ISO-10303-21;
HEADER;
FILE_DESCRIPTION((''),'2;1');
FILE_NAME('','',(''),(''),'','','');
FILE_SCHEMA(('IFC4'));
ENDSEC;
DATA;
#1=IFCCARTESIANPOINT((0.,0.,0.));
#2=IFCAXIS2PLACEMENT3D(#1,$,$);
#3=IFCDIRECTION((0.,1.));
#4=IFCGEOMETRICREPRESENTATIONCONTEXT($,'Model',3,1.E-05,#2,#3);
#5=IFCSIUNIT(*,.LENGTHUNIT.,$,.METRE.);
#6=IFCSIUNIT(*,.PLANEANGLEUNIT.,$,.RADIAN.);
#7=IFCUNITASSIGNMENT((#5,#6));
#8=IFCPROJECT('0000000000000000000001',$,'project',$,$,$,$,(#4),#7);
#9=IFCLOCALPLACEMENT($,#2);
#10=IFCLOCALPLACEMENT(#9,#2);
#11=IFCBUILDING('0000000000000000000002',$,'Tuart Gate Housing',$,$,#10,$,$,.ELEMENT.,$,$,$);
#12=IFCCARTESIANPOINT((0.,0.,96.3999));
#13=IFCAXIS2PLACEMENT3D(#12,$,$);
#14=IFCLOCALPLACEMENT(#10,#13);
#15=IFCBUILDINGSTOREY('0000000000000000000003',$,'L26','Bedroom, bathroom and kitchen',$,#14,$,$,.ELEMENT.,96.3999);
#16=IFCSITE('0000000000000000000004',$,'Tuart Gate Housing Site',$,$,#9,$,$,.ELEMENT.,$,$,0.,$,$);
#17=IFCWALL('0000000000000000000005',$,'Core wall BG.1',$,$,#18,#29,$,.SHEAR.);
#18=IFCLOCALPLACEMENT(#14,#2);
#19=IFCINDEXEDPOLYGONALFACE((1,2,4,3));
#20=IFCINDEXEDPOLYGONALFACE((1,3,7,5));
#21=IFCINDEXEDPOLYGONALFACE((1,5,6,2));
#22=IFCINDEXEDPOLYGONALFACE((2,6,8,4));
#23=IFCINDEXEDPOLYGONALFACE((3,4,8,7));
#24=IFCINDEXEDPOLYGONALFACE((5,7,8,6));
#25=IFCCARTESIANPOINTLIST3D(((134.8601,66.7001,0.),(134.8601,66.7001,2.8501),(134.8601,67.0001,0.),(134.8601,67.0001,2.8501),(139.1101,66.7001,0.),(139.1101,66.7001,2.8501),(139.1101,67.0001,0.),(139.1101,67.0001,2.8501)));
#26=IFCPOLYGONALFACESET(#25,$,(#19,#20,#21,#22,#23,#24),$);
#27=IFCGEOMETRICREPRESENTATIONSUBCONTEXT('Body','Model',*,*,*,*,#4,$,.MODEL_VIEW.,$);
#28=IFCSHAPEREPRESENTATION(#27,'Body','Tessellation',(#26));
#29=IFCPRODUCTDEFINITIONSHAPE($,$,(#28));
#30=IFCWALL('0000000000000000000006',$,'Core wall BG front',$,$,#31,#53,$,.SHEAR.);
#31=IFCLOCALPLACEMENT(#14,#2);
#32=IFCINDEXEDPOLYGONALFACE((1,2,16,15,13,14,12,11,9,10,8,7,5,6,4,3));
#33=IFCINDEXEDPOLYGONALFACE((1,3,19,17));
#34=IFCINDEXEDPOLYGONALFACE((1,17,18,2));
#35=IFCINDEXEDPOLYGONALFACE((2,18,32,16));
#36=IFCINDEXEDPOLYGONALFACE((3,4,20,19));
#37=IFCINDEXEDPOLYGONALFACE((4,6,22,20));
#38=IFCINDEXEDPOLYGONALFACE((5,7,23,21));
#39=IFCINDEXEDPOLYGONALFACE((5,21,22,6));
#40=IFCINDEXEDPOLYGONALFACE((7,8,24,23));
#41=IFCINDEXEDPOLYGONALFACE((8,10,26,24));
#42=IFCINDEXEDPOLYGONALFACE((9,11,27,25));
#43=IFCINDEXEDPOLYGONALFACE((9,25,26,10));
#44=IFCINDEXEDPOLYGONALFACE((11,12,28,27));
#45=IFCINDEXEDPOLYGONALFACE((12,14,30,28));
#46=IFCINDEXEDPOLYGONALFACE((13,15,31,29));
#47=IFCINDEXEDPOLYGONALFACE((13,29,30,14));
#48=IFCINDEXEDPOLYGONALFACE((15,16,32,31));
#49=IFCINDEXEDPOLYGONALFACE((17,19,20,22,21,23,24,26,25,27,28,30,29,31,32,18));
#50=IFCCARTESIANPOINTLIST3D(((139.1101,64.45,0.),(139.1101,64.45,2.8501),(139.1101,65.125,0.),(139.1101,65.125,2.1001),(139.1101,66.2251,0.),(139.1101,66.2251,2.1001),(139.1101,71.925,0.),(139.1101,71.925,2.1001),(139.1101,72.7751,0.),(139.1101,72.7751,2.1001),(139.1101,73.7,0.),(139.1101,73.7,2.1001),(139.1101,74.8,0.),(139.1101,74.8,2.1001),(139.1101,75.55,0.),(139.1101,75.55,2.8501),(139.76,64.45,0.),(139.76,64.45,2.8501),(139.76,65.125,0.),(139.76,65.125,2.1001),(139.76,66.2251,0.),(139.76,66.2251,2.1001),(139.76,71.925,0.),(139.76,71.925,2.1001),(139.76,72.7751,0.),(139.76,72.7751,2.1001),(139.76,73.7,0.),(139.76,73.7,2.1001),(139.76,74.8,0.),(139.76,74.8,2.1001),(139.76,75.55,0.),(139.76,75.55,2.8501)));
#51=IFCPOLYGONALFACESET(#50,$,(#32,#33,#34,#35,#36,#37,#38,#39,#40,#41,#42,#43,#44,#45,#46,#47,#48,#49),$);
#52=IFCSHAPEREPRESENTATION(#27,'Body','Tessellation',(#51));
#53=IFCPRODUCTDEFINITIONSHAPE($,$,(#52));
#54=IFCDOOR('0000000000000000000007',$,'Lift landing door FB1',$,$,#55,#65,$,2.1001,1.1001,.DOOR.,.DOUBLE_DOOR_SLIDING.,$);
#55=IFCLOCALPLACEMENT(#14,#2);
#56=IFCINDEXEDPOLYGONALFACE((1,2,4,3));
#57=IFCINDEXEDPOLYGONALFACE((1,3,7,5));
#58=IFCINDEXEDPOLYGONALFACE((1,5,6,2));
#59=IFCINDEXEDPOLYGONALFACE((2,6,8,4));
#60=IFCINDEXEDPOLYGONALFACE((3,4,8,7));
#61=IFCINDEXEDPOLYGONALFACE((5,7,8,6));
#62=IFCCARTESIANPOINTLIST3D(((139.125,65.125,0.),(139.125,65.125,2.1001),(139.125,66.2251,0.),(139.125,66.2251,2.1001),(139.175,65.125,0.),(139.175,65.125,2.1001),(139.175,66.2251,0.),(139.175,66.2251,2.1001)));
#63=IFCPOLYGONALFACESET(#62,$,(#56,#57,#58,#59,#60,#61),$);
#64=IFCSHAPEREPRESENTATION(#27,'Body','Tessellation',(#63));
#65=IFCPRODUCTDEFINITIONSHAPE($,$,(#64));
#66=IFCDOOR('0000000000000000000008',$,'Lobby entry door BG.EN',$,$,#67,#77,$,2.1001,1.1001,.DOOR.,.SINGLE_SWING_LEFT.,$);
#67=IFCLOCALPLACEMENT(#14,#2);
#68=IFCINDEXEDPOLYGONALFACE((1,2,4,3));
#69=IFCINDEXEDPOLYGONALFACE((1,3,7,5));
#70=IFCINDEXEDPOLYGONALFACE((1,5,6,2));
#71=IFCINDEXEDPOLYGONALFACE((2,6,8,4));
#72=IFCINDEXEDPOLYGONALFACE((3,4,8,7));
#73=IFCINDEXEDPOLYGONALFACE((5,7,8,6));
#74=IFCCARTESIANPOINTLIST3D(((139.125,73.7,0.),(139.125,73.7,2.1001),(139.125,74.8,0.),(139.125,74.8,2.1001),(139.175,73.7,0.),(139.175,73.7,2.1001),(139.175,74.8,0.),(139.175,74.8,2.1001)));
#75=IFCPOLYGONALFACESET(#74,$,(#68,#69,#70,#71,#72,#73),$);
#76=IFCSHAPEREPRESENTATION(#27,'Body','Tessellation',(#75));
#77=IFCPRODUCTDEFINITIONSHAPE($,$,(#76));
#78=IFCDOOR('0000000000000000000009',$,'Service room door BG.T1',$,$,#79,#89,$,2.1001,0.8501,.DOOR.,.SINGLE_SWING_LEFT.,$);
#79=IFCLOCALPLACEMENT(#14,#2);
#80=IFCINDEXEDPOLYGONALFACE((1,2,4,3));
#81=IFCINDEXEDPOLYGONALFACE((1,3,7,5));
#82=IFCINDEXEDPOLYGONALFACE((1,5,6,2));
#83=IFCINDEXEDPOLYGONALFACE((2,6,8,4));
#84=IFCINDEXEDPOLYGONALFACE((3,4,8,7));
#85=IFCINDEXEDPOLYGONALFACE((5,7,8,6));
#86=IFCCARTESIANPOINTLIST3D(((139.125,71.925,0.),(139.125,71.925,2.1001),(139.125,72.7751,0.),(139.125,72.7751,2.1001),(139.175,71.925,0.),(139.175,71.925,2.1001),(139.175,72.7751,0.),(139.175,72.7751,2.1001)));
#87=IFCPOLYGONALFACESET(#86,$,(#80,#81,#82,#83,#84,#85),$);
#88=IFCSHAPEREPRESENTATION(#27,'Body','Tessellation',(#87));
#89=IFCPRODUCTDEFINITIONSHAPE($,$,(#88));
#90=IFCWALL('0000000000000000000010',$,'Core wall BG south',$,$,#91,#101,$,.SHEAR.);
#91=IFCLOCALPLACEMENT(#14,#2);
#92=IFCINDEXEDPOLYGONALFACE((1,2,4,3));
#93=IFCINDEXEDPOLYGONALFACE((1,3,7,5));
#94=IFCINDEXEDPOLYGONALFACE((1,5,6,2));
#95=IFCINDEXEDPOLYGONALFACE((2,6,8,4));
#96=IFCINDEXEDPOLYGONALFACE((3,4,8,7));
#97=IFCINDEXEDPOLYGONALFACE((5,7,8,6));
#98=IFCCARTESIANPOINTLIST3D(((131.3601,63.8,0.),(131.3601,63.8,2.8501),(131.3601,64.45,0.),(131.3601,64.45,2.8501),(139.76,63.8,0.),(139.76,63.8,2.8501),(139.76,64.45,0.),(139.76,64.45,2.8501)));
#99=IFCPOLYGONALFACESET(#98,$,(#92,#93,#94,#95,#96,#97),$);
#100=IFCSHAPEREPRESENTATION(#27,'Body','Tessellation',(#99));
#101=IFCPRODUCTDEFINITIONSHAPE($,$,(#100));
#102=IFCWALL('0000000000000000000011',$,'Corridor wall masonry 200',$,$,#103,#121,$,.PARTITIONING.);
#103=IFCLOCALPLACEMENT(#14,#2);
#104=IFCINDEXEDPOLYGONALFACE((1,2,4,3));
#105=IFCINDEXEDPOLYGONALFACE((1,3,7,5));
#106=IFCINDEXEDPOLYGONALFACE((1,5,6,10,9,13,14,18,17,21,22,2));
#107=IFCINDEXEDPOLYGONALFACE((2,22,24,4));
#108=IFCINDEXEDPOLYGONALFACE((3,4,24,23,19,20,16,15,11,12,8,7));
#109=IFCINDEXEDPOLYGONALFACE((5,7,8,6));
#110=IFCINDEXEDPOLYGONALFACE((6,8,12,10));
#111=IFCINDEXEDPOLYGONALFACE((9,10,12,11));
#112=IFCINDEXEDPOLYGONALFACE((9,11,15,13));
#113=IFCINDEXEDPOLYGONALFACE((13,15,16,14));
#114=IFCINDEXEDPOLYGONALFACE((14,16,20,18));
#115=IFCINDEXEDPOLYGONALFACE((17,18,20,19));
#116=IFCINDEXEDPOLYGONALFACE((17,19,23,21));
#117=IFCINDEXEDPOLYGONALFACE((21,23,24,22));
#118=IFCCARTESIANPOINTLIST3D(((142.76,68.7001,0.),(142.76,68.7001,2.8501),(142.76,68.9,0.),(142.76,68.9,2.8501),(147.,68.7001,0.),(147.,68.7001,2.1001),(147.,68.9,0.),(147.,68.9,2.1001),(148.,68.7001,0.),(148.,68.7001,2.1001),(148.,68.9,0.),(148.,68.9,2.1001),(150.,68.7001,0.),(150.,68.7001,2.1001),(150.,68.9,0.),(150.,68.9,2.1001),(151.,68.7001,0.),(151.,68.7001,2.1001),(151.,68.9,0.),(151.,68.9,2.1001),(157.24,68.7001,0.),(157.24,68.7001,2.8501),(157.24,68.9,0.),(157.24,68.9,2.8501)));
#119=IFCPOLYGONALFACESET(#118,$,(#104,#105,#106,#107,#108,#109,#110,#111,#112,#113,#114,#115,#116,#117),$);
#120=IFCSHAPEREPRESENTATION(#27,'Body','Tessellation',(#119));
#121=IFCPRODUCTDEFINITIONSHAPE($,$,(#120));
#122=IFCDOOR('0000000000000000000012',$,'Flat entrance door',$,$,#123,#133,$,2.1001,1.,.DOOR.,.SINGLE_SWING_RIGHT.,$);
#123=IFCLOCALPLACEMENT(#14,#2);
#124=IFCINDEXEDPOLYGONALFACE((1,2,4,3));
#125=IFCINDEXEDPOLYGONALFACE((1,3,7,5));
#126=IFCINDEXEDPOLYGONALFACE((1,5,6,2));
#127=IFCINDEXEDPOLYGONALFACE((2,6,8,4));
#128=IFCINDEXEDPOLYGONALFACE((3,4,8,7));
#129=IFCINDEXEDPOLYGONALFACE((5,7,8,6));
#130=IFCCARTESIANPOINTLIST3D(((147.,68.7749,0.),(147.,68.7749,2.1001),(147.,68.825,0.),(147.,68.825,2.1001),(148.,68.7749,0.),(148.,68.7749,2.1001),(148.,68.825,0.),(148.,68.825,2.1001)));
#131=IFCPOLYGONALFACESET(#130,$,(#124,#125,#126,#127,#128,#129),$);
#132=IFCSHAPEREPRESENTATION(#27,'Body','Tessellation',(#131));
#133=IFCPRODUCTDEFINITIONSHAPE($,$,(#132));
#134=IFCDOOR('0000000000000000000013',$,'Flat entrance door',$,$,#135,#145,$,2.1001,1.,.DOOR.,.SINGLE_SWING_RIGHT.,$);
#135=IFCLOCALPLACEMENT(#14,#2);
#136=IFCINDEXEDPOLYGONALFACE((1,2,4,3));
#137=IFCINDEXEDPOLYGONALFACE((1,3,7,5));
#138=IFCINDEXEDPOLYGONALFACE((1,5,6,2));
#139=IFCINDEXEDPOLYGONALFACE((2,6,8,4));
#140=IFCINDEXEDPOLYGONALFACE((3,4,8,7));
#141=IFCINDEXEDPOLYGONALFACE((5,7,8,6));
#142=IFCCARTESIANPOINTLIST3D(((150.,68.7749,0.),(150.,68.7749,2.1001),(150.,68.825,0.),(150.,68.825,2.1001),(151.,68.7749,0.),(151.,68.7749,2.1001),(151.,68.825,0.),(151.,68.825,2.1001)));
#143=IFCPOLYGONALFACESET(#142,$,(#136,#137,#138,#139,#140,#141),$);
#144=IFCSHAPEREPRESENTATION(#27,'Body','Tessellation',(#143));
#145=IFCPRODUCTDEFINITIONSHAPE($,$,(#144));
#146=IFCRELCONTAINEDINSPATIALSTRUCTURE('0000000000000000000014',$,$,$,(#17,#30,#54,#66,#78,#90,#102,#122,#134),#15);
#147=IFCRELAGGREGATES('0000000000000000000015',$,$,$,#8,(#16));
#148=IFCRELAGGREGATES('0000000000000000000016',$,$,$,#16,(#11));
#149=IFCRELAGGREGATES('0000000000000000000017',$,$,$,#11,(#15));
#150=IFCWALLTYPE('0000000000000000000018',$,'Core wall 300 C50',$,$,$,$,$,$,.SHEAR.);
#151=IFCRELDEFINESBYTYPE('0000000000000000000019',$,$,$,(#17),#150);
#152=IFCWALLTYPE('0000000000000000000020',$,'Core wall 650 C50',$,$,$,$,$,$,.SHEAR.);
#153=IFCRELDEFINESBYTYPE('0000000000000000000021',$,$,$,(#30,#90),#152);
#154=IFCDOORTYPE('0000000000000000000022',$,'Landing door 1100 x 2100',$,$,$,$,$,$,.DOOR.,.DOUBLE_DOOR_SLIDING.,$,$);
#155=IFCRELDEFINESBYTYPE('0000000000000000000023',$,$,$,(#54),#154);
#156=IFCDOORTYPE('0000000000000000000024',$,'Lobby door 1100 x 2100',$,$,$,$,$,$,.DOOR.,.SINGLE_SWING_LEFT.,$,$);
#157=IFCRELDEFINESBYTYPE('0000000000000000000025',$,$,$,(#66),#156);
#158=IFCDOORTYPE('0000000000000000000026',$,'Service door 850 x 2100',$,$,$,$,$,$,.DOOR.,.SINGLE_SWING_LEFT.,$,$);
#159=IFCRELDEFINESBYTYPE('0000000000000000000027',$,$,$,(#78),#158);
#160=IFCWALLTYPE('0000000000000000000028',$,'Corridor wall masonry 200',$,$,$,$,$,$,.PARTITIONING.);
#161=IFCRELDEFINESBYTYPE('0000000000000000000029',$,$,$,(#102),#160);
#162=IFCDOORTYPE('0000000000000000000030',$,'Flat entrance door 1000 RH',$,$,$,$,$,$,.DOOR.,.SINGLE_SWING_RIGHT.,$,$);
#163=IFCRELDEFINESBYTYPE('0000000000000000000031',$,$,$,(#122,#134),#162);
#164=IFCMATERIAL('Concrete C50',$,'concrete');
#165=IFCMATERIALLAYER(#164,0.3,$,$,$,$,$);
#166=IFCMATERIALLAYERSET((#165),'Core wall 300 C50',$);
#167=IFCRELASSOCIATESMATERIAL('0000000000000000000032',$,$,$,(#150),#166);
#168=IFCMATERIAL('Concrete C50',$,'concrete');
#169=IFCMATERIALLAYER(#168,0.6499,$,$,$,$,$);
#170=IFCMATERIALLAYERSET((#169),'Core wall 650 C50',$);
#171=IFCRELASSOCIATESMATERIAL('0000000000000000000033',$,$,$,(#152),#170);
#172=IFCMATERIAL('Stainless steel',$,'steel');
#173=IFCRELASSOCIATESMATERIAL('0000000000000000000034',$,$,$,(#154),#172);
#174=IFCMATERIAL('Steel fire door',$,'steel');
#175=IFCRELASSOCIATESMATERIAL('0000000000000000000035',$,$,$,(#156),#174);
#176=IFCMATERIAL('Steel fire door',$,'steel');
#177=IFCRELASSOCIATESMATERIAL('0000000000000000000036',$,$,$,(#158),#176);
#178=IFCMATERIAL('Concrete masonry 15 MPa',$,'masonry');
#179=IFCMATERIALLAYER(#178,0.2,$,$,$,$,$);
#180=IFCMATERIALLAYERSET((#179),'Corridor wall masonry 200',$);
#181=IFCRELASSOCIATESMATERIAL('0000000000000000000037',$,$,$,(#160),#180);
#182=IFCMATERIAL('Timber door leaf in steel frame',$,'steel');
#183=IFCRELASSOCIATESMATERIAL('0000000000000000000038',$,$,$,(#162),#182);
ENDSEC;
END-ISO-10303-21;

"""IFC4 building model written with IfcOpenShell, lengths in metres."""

from ifc_helpers import new_model, si_unit, direction, frame, frame_2d, origin, place, context, subcontext, project, spatial, rectangle, extrude, material, layer, layer_set, type_object, element, fill, save


model = new_model("IFC4")

# Units and contexts
model_context = context("Model", 3, precision=1e-05, world=origin(), true_north=direction((0.0, 1.0)))
body_context = subcontext(model_context, "Body", "Model", "MODEL_VIEW")
ifc_project = project(units=[si_unit("LENGTHUNIT", "METRE"), si_unit("PLANEANGLEUNIT", "RADIAN")], contexts=[model_context])

# Site, building, storey
site_placement = place(None, origin())
site = spatial("IfcSite", under=ifc_project, at=site_placement, Name="Tuart Gate Housing Site", CompositionType="ELEMENT", RefElevation=0.0)
building_placement = place(site_placement, origin())
building = spatial("IfcBuilding", under=site, at=building_placement, Name="Tuart Gate Housing", CompositionType="ELEMENT")
storey_placement = place(building_placement, frame((0.0, 0.0, 96.3999)))
storey = spatial("IfcBuildingStorey", under=building, at=storey_placement, Name="L26", Description="Bedroom, bathroom and kitchen", CompositionType="ELEMENT", Elevation=96.3999)

# Wall
ifc_material_1 = material(Name="Concrete C50", Category="concrete")
ifc_layer_1 = layer(ifc_material_1, 0.3)
ifc_layer_set_1 = layer_set([ifc_layer_1], Name="Core wall 300 C50")
wall_type_1 = type_object("IfcWallType", Name="Core wall 300 C50", PredefinedType="SHEAR", material=ifc_layer_set_1)
wall_1_placement = place(storey_placement, frame((139.1101, 66.8501, 0.0), z_axis=(0.0, 0.0, 1.0), x_axis=(-1.0, 0.0, 0.0)))
element("IfcWall", 1, at=wall_1_placement, inside=storey, type_object=wall_type_1, Name="Core wall BG.1", PredefinedType="SHEAR", context=body_context, shape_type="SweptSolid", body=[
    extrude(rectangle(XDim=4.25, YDim=0.3, at=frame_2d((2.125, 0.0))), origin(), (0.0, 0.0, 1.0), 2.8501),
])

# Wall, openings, doors
ifc_material_2 = material(Name="Concrete C50", Category="concrete")
ifc_layer_2 = layer(ifc_material_2, 0.6499)
ifc_layer_set_2 = layer_set([ifc_layer_2], Name="Core wall 650 C50")
wall_type_2 = type_object("IfcWallType", Name="Core wall 650 C50", PredefinedType="SHEAR", material=ifc_layer_set_2)
wall_2_placement = place(storey_placement, frame((139.4351, 64.45, 0.0), z_axis=(0.0, 0.0, 1.0), x_axis=(0.0, 1.0, 0.0)))
wall_2 = element("IfcWall", 2, at=wall_2_placement, inside=storey, type_object=wall_type_2, Name="Core wall BG front", PredefinedType="SHEAR", context=body_context, shape_type="SweptSolid", body=[
    extrude(rectangle(XDim=11.1001, YDim=0.6499, at=frame_2d((5.55, 0.0))), origin(), (0.0, 0.0, 1.0), 2.8501),
])
opening_1_placement = place(wall_2_placement, frame((0.675, 0.0, 0.0)))
opening_1 = element("IfcOpeningElement", 3, at=opening_1_placement, cuts=wall_2, PredefinedType="OPENING", context=body_context, shape_type="SweptSolid", body=[
    extrude(rectangle(XDim=1.1001, YDim=2.1001, at=frame_2d((0.55, 1.05))), frame((0.0, 0.335, 0.0), z_axis=(0.0, -1.0, 0.0), x_axis=(1.0, 0.0, 0.0)), (0.0, 0.0, 1.0), 0.6699),
])
opening_2_placement = place(wall_2_placement, frame((9.25, 0.0, 0.0)))
opening_2 = element("IfcOpeningElement", 4, at=opening_2_placement, cuts=wall_2, PredefinedType="OPENING", context=body_context, shape_type="SweptSolid", body=[
    extrude(rectangle(XDim=1.1001, YDim=2.1001, at=frame_2d((0.55, 1.05))), frame((0.0, 0.335, 0.0), z_axis=(0.0, -1.0, 0.0), x_axis=(1.0, 0.0, 0.0)), (0.0, 0.0, 1.0), 0.6699),
])
opening_3_placement = place(wall_2_placement, frame((7.4751, 0.0, 0.0)))
opening_3 = element("IfcOpeningElement", 5, at=opening_3_placement, cuts=wall_2, PredefinedType="OPENING", context=body_context, shape_type="SweptSolid", body=[
    extrude(rectangle(XDim=0.8501, YDim=2.1001, at=frame_2d((0.425, 1.05))), frame((0.0, 0.335, 0.0), z_axis=(0.0, -1.0, 0.0), x_axis=(1.0, 0.0, 0.0)), (0.0, 0.0, 1.0), 0.6699),
])
ifc_material_3 = material(Name="Stainless steel", Category="steel")
door_type_1 = type_object("IfcDoorType", Name="Landing door 1100 x 2100", OperationType="DOUBLE_DOOR_SLIDING", PredefinedType="DOOR", material=ifc_material_3)
door_1_placement = place(opening_1_placement, origin())
door_1 = element("IfcDoor", 6, at=door_1_placement, inside=storey, type_object=door_type_1, Name="Lift landing door FB1", OperationType="DOUBLE_DOOR_SLIDING", OverallHeight=2.1001, OverallWidth=1.1001, PredefinedType="DOOR", context=body_context, shape_type="SweptSolid", body=[
    extrude(rectangle(XDim=1.1001, YDim=2.1001, at=frame_2d((0.55, 1.05))), frame((0.0, 0.3101, 0.0), z_axis=(0.0, -1.0, 0.0), x_axis=(1.0, 0.0, 0.0)), (0.0, 0.0, 1.0), 0.05),
])
fill(opening_1, door_1)
ifc_material_4 = material(Name="Steel fire door", Category="steel")
door_type_2 = type_object("IfcDoorType", Name="Lobby door 1100 x 2100", OperationType="SINGLE_SWING_LEFT", PredefinedType="DOOR", material=ifc_material_4)
door_2_placement = place(opening_2_placement, origin())
door_2 = element("IfcDoor", 7, at=door_2_placement, inside=storey, type_object=door_type_2, Name="Lobby entry door BG.EN", OperationType="SINGLE_SWING_LEFT", OverallHeight=2.1001, OverallWidth=1.1001, PredefinedType="DOOR", context=body_context, shape_type="SweptSolid", body=[
    extrude(rectangle(XDim=1.1001, YDim=2.1001, at=frame_2d((0.55, 1.05))), frame((0.0, 0.3101, 0.0), z_axis=(0.0, -1.0, 0.0), x_axis=(1.0, 0.0, 0.0)), (0.0, 0.0, 1.0), 0.05),
])
fill(opening_2, door_2)
ifc_material_5 = material(Name="Steel fire door", Category="steel")
door_type_3 = type_object("IfcDoorType", Name="Service door 850 x 2100", OperationType="SINGLE_SWING_LEFT", PredefinedType="DOOR", material=ifc_material_5)
door_3_placement = place(opening_3_placement, origin())
door_3 = element("IfcDoor", 8, at=door_3_placement, inside=storey, type_object=door_type_3, Name="Service room door BG.T1", OperationType="SINGLE_SWING_LEFT", OverallHeight=2.1001, OverallWidth=0.8501, PredefinedType="DOOR", context=body_context, shape_type="SweptSolid", body=[
    extrude(rectangle(XDim=0.8501, YDim=2.1001, at=frame_2d((0.425, 1.05))), frame((0.0, 0.3101, 0.0), z_axis=(0.0, -1.0, 0.0), x_axis=(1.0, 0.0, 0.0)), (0.0, 0.0, 1.0), 0.05),
])
fill(opening_3, door_3)

# Wall
wall_3_placement = place(storey_placement, frame((139.76, 64.125, 0.0), z_axis=(0.0, 0.0, 1.0), x_axis=(-1.0, 0.0, 0.0)))
element("IfcWall", 9, at=wall_3_placement, inside=storey, type_object=wall_type_2, Name="Core wall BG south", PredefinedType="SHEAR", context=body_context, shape_type="SweptSolid", body=[
    extrude(rectangle(XDim=8.3999, YDim=0.6499, at=frame_2d((4.2, 0.0))), origin(), (0.0, 0.0, 1.0), 2.8501),
])

# Wall, openings, doors
ifc_material_6 = material(Name="Concrete masonry 15 MPa", Category="masonry")
ifc_layer_3 = layer(ifc_material_6, 0.2)
ifc_layer_set_3 = layer_set([ifc_layer_3], Name="Corridor wall masonry 200")
wall_type_3 = type_object("IfcWallType", Name="Corridor wall masonry 200", PredefinedType="PARTITIONING", material=ifc_layer_set_3)
wall_4_placement = place(storey_placement, frame((142.76, 68.8, 0.0), z_axis=(0.0, 0.0, 1.0), x_axis=(1.0, 0.0, 0.0)))
wall_4 = element("IfcWall", 10, at=wall_4_placement, inside=storey, type_object=wall_type_3, Name="Corridor wall masonry 200", PredefinedType="PARTITIONING", context=body_context, shape_type="SweptSolid", body=[
    extrude(rectangle(XDim=14.48, YDim=0.2, at=frame_2d((7.24, 0.0))), origin(), (0.0, 0.0, 1.0), 2.8501),
])
opening_4_placement = place(wall_4_placement, frame((4.24, 0.0, 0.0)))
opening_4 = element("IfcOpeningElement", 11, at=opening_4_placement, cuts=wall_4, PredefinedType="OPENING", context=body_context, shape_type="SweptSolid", body=[
    extrude(rectangle(XDim=1.0, YDim=2.1001, at=frame_2d((0.5, 1.05))), frame((0.0, 0.1099, 0.0), z_axis=(0.0, -1.0, 0.0), x_axis=(1.0, 0.0, 0.0)), (0.0, 0.0, 1.0), 0.22),
])
opening_5_placement = place(wall_4_placement, frame((7.24, 0.0, 0.0)))
opening_5 = element("IfcOpeningElement", 12, at=opening_5_placement, cuts=wall_4, PredefinedType="OPENING", context=body_context, shape_type="SweptSolid", body=[
    extrude(rectangle(XDim=1.0, YDim=2.1001, at=frame_2d((0.5, 1.05))), frame((0.0, 0.1099, 0.0), z_axis=(0.0, -1.0, 0.0), x_axis=(1.0, 0.0, 0.0)), (0.0, 0.0, 1.0), 0.22),
])
ifc_material_7 = material(Name="Timber door leaf in steel frame", Category="steel")
door_type_4 = type_object("IfcDoorType", Name="Flat entrance door 1000 RH", OperationType="SINGLE_SWING_RIGHT", PredefinedType="DOOR", material=ifc_material_7)
door_4_placement = place(opening_4_placement, frame((1.0, 0.0, 0.0), z_axis=(0.0, 0.0, 1.0), x_axis=(-1.0, 0.0, 0.0)))
door_4 = element("IfcDoor", 13, at=door_4_placement, inside=storey, type_object=door_type_4, Name="Flat entrance door", OperationType="SINGLE_SWING_RIGHT", OverallHeight=2.1001, OverallWidth=1.0, PredefinedType="DOOR", context=body_context, shape_type="SweptSolid", body=[
    extrude(rectangle(XDim=1.0, YDim=2.1001, at=frame_2d((0.5, 1.05))), frame((0.0, 0.0251, 0.0), z_axis=(0.0, -1.0, 0.0), x_axis=(1.0, 0.0, 0.0)), (0.0, 0.0, 1.0), 0.05),
])
fill(opening_4, door_4)
door_5_placement = place(opening_5_placement, frame((1.0, 0.0, 0.0), z_axis=(0.0, 0.0, 1.0), x_axis=(-1.0, 0.0, 0.0)))
door_5 = element("IfcDoor", 14, at=door_5_placement, inside=storey, type_object=door_type_4, Name="Flat entrance door", OperationType="SINGLE_SWING_RIGHT", OverallHeight=2.1001, OverallWidth=1.0, PredefinedType="DOOR", context=body_context, shape_type="SweptSolid", body=[
    extrude(rectangle(XDim=1.0, YDim=2.1001, at=frame_2d((0.5, 1.05))), frame((0.0, 0.0251, 0.0), z_axis=(0.0, -1.0, 0.0), x_axis=(1.0, 0.0, 0.0)), (0.0, 0.0, 1.0), 0.05),
])
fill(opening_5, door_5)

save(model, "model.ifc")
